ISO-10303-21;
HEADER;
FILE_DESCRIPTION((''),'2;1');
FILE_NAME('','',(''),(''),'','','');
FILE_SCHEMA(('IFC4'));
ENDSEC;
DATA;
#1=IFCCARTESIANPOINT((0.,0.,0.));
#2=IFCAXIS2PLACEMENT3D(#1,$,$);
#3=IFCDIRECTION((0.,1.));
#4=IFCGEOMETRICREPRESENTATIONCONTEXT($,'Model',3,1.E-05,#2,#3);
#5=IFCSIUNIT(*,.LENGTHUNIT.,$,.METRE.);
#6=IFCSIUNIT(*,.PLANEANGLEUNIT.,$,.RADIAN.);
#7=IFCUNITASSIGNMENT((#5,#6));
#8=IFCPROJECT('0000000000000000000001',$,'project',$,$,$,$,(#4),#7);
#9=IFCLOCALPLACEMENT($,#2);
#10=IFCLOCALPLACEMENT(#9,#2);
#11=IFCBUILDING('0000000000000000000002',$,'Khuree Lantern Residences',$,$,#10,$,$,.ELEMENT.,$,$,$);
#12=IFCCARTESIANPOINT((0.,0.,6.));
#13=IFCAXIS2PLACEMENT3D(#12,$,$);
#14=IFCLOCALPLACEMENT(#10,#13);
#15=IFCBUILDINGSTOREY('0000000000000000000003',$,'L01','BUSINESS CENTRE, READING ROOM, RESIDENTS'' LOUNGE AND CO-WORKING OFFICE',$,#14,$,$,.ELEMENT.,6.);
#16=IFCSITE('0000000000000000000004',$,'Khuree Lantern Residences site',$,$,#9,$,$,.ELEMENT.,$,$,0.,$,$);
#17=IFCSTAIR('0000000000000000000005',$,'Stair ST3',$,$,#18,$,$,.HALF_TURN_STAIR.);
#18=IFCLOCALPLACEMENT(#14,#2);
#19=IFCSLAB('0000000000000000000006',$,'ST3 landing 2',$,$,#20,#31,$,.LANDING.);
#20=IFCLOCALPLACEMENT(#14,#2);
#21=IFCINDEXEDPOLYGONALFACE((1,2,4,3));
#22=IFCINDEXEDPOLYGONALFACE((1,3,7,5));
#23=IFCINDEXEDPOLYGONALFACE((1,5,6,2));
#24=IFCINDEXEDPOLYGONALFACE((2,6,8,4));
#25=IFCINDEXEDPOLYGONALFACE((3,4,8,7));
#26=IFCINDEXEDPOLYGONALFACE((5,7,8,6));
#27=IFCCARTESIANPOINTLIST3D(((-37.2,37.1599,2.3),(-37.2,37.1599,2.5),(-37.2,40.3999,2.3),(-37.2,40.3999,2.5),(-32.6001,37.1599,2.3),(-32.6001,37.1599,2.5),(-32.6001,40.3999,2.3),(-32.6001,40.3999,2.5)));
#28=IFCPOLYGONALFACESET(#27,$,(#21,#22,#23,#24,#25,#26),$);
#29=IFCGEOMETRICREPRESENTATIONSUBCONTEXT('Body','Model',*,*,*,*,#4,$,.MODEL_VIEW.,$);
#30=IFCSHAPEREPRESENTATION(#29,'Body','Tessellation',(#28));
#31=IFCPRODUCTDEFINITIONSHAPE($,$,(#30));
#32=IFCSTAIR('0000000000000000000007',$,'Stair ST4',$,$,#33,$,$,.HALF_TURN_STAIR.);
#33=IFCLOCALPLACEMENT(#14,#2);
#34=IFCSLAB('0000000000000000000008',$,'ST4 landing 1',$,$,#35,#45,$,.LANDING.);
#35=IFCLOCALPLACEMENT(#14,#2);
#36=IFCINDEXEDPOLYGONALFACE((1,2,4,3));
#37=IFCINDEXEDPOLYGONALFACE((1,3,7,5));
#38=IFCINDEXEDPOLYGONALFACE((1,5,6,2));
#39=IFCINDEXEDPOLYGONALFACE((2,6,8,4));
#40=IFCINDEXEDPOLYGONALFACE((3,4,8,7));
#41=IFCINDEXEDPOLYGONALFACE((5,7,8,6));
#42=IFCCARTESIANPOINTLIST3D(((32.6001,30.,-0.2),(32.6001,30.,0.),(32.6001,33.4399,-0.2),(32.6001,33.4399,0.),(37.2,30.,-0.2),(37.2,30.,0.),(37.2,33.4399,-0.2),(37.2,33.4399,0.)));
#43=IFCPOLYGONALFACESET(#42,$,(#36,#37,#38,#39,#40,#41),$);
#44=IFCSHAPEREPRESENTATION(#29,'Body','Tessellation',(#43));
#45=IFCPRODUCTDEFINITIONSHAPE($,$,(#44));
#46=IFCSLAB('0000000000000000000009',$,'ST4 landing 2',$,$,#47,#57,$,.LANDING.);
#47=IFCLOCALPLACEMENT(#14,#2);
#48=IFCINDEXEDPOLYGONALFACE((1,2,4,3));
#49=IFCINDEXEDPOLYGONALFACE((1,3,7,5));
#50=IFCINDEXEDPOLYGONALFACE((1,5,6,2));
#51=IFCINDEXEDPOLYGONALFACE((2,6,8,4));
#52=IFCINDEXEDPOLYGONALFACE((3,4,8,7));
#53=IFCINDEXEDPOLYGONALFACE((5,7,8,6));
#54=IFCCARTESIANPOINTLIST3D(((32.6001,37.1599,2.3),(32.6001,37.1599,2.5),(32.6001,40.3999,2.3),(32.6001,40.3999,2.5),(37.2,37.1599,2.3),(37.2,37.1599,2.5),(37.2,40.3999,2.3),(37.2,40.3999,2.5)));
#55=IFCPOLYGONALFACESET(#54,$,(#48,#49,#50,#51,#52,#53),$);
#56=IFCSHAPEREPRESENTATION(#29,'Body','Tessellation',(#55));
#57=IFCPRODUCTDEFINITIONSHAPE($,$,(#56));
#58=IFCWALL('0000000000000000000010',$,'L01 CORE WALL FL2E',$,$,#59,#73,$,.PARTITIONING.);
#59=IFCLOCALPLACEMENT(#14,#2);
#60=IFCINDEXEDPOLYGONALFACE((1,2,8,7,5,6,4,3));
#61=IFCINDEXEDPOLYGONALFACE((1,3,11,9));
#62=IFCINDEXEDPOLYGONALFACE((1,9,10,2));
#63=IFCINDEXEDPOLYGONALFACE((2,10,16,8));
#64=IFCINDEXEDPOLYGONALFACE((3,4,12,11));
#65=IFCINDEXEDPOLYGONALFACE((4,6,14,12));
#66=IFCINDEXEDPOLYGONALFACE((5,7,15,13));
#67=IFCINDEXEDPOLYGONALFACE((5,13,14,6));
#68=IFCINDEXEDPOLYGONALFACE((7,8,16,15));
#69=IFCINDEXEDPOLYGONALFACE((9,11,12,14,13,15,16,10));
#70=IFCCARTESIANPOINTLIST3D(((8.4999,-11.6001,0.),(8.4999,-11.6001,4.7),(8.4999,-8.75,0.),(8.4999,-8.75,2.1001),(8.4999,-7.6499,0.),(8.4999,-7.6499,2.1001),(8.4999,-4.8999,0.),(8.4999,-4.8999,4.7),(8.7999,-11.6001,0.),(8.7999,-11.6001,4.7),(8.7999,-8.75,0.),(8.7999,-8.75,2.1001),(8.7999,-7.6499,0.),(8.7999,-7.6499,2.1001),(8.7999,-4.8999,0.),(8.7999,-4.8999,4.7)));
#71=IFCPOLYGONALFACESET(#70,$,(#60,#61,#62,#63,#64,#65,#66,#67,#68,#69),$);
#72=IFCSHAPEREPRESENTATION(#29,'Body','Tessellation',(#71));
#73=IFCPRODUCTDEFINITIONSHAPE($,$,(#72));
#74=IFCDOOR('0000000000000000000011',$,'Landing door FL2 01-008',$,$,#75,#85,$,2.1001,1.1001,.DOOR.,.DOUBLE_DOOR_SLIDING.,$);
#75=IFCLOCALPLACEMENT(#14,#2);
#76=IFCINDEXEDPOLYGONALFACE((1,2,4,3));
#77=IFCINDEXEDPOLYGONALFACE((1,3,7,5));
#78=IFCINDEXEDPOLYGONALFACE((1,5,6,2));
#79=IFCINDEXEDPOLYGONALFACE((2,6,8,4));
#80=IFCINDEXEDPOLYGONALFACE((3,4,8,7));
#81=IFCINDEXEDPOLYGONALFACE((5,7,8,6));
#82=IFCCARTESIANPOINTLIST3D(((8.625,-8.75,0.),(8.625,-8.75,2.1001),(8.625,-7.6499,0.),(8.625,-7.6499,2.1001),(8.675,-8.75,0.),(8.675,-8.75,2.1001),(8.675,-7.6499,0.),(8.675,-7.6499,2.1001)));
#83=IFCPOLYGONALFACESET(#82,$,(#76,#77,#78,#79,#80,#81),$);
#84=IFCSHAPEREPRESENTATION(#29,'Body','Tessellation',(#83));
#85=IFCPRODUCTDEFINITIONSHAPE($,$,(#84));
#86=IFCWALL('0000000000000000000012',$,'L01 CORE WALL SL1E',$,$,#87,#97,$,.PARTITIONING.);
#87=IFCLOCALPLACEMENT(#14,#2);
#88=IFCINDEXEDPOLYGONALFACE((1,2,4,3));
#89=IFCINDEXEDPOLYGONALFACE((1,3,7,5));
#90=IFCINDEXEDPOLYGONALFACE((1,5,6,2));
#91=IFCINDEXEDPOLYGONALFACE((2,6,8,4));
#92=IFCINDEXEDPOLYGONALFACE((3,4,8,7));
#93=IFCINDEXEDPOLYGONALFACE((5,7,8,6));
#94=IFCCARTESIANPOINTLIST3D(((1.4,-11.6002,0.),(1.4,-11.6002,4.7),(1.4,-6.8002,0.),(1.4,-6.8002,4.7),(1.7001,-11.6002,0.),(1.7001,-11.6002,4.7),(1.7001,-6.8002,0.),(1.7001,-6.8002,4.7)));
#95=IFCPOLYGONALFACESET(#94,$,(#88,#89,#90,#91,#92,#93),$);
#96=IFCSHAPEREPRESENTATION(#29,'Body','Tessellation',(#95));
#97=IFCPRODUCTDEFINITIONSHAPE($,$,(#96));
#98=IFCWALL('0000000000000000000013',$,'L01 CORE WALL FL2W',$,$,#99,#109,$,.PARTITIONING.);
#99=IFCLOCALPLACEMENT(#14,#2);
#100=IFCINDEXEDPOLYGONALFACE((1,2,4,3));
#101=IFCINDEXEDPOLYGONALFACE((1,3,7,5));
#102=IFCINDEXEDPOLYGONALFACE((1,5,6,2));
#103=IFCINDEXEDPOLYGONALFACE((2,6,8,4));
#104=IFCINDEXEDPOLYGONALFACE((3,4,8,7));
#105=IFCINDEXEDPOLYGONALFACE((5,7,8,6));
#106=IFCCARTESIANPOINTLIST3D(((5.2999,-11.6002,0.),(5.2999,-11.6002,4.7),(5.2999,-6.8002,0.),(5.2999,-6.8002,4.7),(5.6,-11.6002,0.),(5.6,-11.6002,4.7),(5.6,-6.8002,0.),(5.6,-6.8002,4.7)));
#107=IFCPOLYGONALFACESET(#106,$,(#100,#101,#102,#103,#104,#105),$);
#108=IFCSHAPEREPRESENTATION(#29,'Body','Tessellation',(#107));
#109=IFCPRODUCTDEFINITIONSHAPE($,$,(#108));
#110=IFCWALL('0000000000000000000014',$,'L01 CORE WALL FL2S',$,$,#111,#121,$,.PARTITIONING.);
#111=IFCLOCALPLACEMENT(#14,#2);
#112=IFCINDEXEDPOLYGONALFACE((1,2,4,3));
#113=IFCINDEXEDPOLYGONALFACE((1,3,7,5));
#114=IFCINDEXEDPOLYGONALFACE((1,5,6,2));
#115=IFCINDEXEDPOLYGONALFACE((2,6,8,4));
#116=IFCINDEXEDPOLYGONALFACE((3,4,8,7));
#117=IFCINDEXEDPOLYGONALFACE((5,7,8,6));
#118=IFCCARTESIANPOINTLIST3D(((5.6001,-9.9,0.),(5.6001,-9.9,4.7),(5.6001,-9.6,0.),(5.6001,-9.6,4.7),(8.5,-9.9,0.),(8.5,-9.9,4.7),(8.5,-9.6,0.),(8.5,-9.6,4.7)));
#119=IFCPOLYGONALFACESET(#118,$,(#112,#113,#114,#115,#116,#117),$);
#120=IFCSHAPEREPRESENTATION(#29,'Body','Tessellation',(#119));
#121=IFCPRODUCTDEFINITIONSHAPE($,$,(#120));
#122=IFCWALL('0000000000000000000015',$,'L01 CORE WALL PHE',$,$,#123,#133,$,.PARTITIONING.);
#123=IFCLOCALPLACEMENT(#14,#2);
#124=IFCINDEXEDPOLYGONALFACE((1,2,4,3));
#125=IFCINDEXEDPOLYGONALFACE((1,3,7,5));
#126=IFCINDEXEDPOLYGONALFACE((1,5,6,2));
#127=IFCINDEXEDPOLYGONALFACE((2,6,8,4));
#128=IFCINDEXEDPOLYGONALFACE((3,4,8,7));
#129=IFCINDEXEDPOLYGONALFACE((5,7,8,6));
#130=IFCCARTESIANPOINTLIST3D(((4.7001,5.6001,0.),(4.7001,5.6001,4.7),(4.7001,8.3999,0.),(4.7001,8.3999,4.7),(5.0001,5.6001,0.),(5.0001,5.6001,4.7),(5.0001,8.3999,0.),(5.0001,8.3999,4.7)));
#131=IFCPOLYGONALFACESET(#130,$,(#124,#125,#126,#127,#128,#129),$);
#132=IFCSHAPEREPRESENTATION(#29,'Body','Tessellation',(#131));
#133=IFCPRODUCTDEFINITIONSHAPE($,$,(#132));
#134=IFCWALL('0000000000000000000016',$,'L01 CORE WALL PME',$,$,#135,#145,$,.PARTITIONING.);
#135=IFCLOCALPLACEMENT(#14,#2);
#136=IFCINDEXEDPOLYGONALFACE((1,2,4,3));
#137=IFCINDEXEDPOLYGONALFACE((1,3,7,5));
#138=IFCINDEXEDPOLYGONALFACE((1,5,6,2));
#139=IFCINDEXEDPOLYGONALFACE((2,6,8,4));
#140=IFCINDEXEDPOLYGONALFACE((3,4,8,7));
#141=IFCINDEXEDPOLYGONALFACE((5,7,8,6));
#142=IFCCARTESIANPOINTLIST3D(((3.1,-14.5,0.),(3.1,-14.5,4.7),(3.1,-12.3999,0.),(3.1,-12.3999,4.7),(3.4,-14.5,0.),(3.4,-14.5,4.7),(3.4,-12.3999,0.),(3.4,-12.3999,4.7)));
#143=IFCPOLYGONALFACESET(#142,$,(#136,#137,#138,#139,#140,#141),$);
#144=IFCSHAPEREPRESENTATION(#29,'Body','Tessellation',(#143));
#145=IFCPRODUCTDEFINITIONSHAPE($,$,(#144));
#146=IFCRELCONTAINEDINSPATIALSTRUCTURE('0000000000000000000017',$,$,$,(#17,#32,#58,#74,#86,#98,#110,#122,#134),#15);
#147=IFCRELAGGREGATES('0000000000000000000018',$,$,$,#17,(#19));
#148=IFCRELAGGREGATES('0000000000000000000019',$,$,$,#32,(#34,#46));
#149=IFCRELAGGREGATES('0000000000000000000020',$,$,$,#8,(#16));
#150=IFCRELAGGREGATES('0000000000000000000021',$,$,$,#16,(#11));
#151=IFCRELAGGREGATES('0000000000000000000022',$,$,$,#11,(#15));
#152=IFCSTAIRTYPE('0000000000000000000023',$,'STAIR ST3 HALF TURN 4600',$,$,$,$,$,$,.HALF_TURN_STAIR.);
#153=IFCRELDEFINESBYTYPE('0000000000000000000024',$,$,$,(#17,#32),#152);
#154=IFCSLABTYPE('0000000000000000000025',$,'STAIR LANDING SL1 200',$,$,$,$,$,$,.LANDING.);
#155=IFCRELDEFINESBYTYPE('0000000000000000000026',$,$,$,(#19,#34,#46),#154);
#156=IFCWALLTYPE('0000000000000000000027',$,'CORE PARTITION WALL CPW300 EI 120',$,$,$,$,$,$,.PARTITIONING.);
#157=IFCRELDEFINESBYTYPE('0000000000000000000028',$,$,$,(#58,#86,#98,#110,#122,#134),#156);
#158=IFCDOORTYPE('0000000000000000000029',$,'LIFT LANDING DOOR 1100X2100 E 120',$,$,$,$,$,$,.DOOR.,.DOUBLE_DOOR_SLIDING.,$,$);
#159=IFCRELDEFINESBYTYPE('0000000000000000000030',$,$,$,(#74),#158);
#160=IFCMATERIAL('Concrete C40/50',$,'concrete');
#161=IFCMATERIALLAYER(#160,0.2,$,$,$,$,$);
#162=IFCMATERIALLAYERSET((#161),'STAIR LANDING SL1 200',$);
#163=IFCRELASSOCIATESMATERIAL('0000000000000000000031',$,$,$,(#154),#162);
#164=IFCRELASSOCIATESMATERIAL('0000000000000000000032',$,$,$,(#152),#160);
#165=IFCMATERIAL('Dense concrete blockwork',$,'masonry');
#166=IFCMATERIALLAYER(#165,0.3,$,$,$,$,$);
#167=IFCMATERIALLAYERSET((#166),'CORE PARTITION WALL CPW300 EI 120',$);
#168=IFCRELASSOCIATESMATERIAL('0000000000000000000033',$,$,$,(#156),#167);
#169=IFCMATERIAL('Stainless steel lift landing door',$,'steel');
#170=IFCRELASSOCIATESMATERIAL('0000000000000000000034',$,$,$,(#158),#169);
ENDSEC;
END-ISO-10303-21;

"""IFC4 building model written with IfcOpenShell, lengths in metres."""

from ifc_helpers import new_model, si_unit, direction, frame, frame_2d, origin, place, context, subcontext, project, spatial, polyline, rectangle, outline, extrude, material, layer, layer_set, type_object, element, fill, aggregate, save


model = new_model("IFC4")

# Units and contexts
model_context = context("Model", 3, precision=1e-05, world=origin(), true_north=direction((0.0, 1.0)))
body_context = subcontext(model_context, "Body", "Model", "MODEL_VIEW")
ifc_project = project(units=[si_unit("LENGTHUNIT", "METRE"), si_unit("PLANEANGLEUNIT", "RADIAN")], contexts=[model_context])

# Site, building, storey
site_placement = place(None, origin())
site = spatial("IfcSite", under=ifc_project, at=site_placement, Name="Khuree Lantern Residences site", CompositionType="ELEMENT", RefElevation=0.0)
building_placement = place(site_placement, origin())
building = spatial("IfcBuilding", under=site, at=building_placement, Name="Khuree Lantern Residences", CompositionType="ELEMENT")
storey_placement = place(building_placement, frame((0.0, 0.0, 6.0)))
storey = spatial("IfcBuildingStorey", under=building, at=storey_placement, Name="L01", Description="BUSINESS CENTRE, READING ROOM, RESIDENTS' LOUNGE AND CO-WORKING OFFICE", CompositionType="ELEMENT", Elevation=6.0)

# Stairs, slabs
ifc_material_1 = material(Name="Concrete C40/50", Category="concrete")
ifc_layer_1 = layer(ifc_material_1, 0.2)
ifc_layer_set_1 = layer_set([ifc_layer_1], Name="STAIR LANDING SL1 200")
slab_type_1 = type_object("IfcSlabType", Name="STAIR LANDING SL1 200", PredefinedType="LANDING", material=ifc_layer_set_1)
stair_type_1 = type_object("IfcStairType", Name="STAIR ST3 HALF TURN 4600", PredefinedType="HALF_TURN_STAIR", material=ifc_material_1)
stair_1_placement = place(storey_placement, origin())
stair_1 = element("IfcStair", 1, at=stair_1_placement, inside=storey, type_object=stair_type_1, Name="Stair ST3", PredefinedType="HALF_TURN_STAIR")
slab_1_placement = place(storey_placement, frame((0.0, 0.0, 2.3)))
slab_1 = element("IfcSlab", 2, at=slab_1_placement, type_object=slab_type_1, Name="ST3 landing 2", PredefinedType="LANDING", context=body_context, shape_type="SweptSolid", body=[
    extrude(outline(polyline([(-37.2, 37.1599), (-37.2, 40.3999), (-32.6001, 40.3999), (-32.6001, 37.1599), (-37.2, 37.1599)])), origin(), (0.0, 0.0, 1.0), 0.2),
])
aggregate(stair_1, [slab_1])
stair_2_placement = place(storey_placement, origin())
stair_2 = element("IfcStair", 3, at=stair_2_placement, inside=storey, type_object=stair_type_1, Name="Stair ST4", PredefinedType="HALF_TURN_STAIR")
slab_2_placement = place(storey_placement, frame((0.0, 0.0, -0.2)))
slab_2 = element("IfcSlab", 4, at=slab_2_placement, type_object=slab_type_1, Name="ST4 landing 1", PredefinedType="LANDING", context=body_context, shape_type="SweptSolid", body=[
    extrude(outline(polyline([(32.6001, 30.0), (37.2, 30.0), (37.2, 33.4399), (32.6001, 33.4399), (32.6001, 30.0)])), origin(), (0.0, 0.0, 1.0), 0.2),
])
slab_3_placement = place(storey_placement, frame((0.0, 0.0, 2.3)))
slab_3 = element("IfcSlab", 5, at=slab_3_placement, type_object=slab_type_1, Name="ST4 landing 2", PredefinedType="LANDING", context=body_context, shape_type="SweptSolid", body=[
    extrude(outline(polyline([(37.2, 40.3999), (37.2, 37.1599), (32.6001, 37.1599), (32.6001, 40.3999), (37.2, 40.3999)])), origin(), (0.0, 0.0, 1.0), 0.2),
])
aggregate(stair_2, [slab_2, slab_3])

# Wall, opening, door
ifc_material_2 = material(Name="Dense concrete blockwork", Category="masonry")
ifc_layer_2 = layer(ifc_material_2, 0.3)
ifc_layer_set_2 = layer_set([ifc_layer_2], Name="CORE PARTITION WALL CPW300 EI 120")
wall_type_1 = type_object("IfcWallType", Name="CORE PARTITION WALL CPW300 EI 120", PredefinedType="PARTITIONING", material=ifc_layer_set_2)
wall_1_placement = place(storey_placement, frame((8.6499, -11.6001, 0.0), z_axis=(0.0, 0.0, 1.0), x_axis=(0.0, 1.0, 0.0)))
wall_1 = element("IfcWall", 6, at=wall_1_placement, inside=storey, type_object=wall_type_1, Name="L01 CORE WALL FL2E", PredefinedType="PARTITIONING", context=body_context, shape_type="SweptSolid", body=[
    extrude(rectangle(XDim=6.7002, YDim=0.3, at=frame_2d((3.3501, 0.0))), origin(), (0.0, 0.0, 1.0), 4.7),
])
opening_1_placement = place(wall_1_placement, frame((2.8501, 0.0, 0.0)))
opening_1 = element("IfcOpeningElement", 7, at=opening_1_placement, cuts=wall_1, PredefinedType="OPENING", context=body_context, shape_type="SweptSolid", body=[
    extrude(rectangle(XDim=1.1001, YDim=2.1001, at=frame_2d((0.55, 1.05))), frame((0.0, 0.1602, 0.0), z_axis=(0.0, -1.0, 0.0), x_axis=(1.0, 0.0, 0.0)), (0.0, 0.0, 1.0), 0.3201),
])
ifc_material_3 = material(Name="Stainless steel lift landing door", Category="steel")
door_type_1 = type_object("IfcDoorType", Name="LIFT LANDING DOOR 1100X2100 E 120", OperationType="DOUBLE_DOOR_SLIDING", PredefinedType="DOOR", material=ifc_material_3)
door_1_placement = place(opening_1_placement, origin())
door_1 = element("IfcDoor", 8, at=door_1_placement, inside=storey, type_object=door_type_1, Name="Landing door FL2 01-008", OperationType="DOUBLE_DOOR_SLIDING", OverallHeight=2.1001, OverallWidth=1.1001, PredefinedType="DOOR", context=body_context, shape_type="SweptSolid", body=[
    extrude(rectangle(XDim=1.1001, YDim=2.1001, at=frame_2d((0.55, 1.05))), frame((0.0, 0.0249, 0.0), z_axis=(0.0, -1.0, 0.0), x_axis=(1.0, 0.0, 0.0)), (0.0, 0.0, 1.0), 0.05),
])
fill(opening_1, door_1)

# Walls
for number, where, z_axis, x_axis, name in (
    (9, (1.55, -11.6001, 0.0), (0.0, 0.0, 1.0), (0.0, 1.0, 0.0), "L01 CORE WALL SL1E"),
    (10, (5.45, -11.6001, 0.0), (0.0, 0.0, 1.0), (0.0, 1.0, 0.0), "L01 CORE WALL FL2W"),
):
    element("IfcWall", number, at=place(storey_placement, frame(where, z_axis=z_axis, x_axis=x_axis)), inside=storey, type_object=wall_type_1, Name=name, PredefinedType="PARTITIONING", context=body_context, shape_type="SweptSolid", body=[
        extrude(rectangle(XDim=4.8, YDim=0.3, at=frame_2d((2.3999, 0.0))), origin(), (0.0, 0.0, 1.0), 4.7),
    ])
wall_2_placement = place(storey_placement, frame((5.6001, -9.75, 0.0), z_axis=(0.0, 0.0, 1.0), x_axis=(1.0, 0.0, 0.0)))
element("IfcWall", 11, at=wall_2_placement, inside=storey, type_object=wall_type_1, Name="L01 CORE WALL FL2S", PredefinedType="PARTITIONING", context=body_context, shape_type="SweptSolid", body=[
    extrude(rectangle(XDim=2.8999, YDim=0.3, at=frame_2d((1.45, 0.0))), origin(), (0.0, 0.0, 1.0), 4.7),
])
wall_3_placement = place(storey_placement, frame((4.8501, 5.6001, 0.0), z_axis=(0.0, 0.0, 1.0), x_axis=(0.0, 1.0, 0.0)))
element("IfcWall", 12, at=wall_3_placement, inside=storey, type_object=wall_type_1, Name="L01 CORE WALL PHE", PredefinedType="PARTITIONING", context=body_context, shape_type="SweptSolid", body=[
    extrude(rectangle(XDim=2.7998, YDim=0.3, at=frame_2d((1.3999, 0.0))), origin(), (0.0, 0.0, 1.0), 4.7),
])
wall_4_placement = place(storey_placement, frame((3.25, -14.5, 0.0), z_axis=(0.0, 0.0, 1.0), x_axis=(0.0, 1.0, 0.0)))
element("IfcWall", 13, at=wall_4_placement, inside=storey, type_object=wall_type_1, Name="L01 CORE WALL PME", PredefinedType="PARTITIONING", context=body_context, shape_type="SweptSolid", body=[
    extrude(rectangle(XDim=2.1001, YDim=0.3, at=frame_2d((1.05, 0.0))), origin(), (0.0, 0.0, 1.0), 4.7),
])

save(model, "model.ifc")
